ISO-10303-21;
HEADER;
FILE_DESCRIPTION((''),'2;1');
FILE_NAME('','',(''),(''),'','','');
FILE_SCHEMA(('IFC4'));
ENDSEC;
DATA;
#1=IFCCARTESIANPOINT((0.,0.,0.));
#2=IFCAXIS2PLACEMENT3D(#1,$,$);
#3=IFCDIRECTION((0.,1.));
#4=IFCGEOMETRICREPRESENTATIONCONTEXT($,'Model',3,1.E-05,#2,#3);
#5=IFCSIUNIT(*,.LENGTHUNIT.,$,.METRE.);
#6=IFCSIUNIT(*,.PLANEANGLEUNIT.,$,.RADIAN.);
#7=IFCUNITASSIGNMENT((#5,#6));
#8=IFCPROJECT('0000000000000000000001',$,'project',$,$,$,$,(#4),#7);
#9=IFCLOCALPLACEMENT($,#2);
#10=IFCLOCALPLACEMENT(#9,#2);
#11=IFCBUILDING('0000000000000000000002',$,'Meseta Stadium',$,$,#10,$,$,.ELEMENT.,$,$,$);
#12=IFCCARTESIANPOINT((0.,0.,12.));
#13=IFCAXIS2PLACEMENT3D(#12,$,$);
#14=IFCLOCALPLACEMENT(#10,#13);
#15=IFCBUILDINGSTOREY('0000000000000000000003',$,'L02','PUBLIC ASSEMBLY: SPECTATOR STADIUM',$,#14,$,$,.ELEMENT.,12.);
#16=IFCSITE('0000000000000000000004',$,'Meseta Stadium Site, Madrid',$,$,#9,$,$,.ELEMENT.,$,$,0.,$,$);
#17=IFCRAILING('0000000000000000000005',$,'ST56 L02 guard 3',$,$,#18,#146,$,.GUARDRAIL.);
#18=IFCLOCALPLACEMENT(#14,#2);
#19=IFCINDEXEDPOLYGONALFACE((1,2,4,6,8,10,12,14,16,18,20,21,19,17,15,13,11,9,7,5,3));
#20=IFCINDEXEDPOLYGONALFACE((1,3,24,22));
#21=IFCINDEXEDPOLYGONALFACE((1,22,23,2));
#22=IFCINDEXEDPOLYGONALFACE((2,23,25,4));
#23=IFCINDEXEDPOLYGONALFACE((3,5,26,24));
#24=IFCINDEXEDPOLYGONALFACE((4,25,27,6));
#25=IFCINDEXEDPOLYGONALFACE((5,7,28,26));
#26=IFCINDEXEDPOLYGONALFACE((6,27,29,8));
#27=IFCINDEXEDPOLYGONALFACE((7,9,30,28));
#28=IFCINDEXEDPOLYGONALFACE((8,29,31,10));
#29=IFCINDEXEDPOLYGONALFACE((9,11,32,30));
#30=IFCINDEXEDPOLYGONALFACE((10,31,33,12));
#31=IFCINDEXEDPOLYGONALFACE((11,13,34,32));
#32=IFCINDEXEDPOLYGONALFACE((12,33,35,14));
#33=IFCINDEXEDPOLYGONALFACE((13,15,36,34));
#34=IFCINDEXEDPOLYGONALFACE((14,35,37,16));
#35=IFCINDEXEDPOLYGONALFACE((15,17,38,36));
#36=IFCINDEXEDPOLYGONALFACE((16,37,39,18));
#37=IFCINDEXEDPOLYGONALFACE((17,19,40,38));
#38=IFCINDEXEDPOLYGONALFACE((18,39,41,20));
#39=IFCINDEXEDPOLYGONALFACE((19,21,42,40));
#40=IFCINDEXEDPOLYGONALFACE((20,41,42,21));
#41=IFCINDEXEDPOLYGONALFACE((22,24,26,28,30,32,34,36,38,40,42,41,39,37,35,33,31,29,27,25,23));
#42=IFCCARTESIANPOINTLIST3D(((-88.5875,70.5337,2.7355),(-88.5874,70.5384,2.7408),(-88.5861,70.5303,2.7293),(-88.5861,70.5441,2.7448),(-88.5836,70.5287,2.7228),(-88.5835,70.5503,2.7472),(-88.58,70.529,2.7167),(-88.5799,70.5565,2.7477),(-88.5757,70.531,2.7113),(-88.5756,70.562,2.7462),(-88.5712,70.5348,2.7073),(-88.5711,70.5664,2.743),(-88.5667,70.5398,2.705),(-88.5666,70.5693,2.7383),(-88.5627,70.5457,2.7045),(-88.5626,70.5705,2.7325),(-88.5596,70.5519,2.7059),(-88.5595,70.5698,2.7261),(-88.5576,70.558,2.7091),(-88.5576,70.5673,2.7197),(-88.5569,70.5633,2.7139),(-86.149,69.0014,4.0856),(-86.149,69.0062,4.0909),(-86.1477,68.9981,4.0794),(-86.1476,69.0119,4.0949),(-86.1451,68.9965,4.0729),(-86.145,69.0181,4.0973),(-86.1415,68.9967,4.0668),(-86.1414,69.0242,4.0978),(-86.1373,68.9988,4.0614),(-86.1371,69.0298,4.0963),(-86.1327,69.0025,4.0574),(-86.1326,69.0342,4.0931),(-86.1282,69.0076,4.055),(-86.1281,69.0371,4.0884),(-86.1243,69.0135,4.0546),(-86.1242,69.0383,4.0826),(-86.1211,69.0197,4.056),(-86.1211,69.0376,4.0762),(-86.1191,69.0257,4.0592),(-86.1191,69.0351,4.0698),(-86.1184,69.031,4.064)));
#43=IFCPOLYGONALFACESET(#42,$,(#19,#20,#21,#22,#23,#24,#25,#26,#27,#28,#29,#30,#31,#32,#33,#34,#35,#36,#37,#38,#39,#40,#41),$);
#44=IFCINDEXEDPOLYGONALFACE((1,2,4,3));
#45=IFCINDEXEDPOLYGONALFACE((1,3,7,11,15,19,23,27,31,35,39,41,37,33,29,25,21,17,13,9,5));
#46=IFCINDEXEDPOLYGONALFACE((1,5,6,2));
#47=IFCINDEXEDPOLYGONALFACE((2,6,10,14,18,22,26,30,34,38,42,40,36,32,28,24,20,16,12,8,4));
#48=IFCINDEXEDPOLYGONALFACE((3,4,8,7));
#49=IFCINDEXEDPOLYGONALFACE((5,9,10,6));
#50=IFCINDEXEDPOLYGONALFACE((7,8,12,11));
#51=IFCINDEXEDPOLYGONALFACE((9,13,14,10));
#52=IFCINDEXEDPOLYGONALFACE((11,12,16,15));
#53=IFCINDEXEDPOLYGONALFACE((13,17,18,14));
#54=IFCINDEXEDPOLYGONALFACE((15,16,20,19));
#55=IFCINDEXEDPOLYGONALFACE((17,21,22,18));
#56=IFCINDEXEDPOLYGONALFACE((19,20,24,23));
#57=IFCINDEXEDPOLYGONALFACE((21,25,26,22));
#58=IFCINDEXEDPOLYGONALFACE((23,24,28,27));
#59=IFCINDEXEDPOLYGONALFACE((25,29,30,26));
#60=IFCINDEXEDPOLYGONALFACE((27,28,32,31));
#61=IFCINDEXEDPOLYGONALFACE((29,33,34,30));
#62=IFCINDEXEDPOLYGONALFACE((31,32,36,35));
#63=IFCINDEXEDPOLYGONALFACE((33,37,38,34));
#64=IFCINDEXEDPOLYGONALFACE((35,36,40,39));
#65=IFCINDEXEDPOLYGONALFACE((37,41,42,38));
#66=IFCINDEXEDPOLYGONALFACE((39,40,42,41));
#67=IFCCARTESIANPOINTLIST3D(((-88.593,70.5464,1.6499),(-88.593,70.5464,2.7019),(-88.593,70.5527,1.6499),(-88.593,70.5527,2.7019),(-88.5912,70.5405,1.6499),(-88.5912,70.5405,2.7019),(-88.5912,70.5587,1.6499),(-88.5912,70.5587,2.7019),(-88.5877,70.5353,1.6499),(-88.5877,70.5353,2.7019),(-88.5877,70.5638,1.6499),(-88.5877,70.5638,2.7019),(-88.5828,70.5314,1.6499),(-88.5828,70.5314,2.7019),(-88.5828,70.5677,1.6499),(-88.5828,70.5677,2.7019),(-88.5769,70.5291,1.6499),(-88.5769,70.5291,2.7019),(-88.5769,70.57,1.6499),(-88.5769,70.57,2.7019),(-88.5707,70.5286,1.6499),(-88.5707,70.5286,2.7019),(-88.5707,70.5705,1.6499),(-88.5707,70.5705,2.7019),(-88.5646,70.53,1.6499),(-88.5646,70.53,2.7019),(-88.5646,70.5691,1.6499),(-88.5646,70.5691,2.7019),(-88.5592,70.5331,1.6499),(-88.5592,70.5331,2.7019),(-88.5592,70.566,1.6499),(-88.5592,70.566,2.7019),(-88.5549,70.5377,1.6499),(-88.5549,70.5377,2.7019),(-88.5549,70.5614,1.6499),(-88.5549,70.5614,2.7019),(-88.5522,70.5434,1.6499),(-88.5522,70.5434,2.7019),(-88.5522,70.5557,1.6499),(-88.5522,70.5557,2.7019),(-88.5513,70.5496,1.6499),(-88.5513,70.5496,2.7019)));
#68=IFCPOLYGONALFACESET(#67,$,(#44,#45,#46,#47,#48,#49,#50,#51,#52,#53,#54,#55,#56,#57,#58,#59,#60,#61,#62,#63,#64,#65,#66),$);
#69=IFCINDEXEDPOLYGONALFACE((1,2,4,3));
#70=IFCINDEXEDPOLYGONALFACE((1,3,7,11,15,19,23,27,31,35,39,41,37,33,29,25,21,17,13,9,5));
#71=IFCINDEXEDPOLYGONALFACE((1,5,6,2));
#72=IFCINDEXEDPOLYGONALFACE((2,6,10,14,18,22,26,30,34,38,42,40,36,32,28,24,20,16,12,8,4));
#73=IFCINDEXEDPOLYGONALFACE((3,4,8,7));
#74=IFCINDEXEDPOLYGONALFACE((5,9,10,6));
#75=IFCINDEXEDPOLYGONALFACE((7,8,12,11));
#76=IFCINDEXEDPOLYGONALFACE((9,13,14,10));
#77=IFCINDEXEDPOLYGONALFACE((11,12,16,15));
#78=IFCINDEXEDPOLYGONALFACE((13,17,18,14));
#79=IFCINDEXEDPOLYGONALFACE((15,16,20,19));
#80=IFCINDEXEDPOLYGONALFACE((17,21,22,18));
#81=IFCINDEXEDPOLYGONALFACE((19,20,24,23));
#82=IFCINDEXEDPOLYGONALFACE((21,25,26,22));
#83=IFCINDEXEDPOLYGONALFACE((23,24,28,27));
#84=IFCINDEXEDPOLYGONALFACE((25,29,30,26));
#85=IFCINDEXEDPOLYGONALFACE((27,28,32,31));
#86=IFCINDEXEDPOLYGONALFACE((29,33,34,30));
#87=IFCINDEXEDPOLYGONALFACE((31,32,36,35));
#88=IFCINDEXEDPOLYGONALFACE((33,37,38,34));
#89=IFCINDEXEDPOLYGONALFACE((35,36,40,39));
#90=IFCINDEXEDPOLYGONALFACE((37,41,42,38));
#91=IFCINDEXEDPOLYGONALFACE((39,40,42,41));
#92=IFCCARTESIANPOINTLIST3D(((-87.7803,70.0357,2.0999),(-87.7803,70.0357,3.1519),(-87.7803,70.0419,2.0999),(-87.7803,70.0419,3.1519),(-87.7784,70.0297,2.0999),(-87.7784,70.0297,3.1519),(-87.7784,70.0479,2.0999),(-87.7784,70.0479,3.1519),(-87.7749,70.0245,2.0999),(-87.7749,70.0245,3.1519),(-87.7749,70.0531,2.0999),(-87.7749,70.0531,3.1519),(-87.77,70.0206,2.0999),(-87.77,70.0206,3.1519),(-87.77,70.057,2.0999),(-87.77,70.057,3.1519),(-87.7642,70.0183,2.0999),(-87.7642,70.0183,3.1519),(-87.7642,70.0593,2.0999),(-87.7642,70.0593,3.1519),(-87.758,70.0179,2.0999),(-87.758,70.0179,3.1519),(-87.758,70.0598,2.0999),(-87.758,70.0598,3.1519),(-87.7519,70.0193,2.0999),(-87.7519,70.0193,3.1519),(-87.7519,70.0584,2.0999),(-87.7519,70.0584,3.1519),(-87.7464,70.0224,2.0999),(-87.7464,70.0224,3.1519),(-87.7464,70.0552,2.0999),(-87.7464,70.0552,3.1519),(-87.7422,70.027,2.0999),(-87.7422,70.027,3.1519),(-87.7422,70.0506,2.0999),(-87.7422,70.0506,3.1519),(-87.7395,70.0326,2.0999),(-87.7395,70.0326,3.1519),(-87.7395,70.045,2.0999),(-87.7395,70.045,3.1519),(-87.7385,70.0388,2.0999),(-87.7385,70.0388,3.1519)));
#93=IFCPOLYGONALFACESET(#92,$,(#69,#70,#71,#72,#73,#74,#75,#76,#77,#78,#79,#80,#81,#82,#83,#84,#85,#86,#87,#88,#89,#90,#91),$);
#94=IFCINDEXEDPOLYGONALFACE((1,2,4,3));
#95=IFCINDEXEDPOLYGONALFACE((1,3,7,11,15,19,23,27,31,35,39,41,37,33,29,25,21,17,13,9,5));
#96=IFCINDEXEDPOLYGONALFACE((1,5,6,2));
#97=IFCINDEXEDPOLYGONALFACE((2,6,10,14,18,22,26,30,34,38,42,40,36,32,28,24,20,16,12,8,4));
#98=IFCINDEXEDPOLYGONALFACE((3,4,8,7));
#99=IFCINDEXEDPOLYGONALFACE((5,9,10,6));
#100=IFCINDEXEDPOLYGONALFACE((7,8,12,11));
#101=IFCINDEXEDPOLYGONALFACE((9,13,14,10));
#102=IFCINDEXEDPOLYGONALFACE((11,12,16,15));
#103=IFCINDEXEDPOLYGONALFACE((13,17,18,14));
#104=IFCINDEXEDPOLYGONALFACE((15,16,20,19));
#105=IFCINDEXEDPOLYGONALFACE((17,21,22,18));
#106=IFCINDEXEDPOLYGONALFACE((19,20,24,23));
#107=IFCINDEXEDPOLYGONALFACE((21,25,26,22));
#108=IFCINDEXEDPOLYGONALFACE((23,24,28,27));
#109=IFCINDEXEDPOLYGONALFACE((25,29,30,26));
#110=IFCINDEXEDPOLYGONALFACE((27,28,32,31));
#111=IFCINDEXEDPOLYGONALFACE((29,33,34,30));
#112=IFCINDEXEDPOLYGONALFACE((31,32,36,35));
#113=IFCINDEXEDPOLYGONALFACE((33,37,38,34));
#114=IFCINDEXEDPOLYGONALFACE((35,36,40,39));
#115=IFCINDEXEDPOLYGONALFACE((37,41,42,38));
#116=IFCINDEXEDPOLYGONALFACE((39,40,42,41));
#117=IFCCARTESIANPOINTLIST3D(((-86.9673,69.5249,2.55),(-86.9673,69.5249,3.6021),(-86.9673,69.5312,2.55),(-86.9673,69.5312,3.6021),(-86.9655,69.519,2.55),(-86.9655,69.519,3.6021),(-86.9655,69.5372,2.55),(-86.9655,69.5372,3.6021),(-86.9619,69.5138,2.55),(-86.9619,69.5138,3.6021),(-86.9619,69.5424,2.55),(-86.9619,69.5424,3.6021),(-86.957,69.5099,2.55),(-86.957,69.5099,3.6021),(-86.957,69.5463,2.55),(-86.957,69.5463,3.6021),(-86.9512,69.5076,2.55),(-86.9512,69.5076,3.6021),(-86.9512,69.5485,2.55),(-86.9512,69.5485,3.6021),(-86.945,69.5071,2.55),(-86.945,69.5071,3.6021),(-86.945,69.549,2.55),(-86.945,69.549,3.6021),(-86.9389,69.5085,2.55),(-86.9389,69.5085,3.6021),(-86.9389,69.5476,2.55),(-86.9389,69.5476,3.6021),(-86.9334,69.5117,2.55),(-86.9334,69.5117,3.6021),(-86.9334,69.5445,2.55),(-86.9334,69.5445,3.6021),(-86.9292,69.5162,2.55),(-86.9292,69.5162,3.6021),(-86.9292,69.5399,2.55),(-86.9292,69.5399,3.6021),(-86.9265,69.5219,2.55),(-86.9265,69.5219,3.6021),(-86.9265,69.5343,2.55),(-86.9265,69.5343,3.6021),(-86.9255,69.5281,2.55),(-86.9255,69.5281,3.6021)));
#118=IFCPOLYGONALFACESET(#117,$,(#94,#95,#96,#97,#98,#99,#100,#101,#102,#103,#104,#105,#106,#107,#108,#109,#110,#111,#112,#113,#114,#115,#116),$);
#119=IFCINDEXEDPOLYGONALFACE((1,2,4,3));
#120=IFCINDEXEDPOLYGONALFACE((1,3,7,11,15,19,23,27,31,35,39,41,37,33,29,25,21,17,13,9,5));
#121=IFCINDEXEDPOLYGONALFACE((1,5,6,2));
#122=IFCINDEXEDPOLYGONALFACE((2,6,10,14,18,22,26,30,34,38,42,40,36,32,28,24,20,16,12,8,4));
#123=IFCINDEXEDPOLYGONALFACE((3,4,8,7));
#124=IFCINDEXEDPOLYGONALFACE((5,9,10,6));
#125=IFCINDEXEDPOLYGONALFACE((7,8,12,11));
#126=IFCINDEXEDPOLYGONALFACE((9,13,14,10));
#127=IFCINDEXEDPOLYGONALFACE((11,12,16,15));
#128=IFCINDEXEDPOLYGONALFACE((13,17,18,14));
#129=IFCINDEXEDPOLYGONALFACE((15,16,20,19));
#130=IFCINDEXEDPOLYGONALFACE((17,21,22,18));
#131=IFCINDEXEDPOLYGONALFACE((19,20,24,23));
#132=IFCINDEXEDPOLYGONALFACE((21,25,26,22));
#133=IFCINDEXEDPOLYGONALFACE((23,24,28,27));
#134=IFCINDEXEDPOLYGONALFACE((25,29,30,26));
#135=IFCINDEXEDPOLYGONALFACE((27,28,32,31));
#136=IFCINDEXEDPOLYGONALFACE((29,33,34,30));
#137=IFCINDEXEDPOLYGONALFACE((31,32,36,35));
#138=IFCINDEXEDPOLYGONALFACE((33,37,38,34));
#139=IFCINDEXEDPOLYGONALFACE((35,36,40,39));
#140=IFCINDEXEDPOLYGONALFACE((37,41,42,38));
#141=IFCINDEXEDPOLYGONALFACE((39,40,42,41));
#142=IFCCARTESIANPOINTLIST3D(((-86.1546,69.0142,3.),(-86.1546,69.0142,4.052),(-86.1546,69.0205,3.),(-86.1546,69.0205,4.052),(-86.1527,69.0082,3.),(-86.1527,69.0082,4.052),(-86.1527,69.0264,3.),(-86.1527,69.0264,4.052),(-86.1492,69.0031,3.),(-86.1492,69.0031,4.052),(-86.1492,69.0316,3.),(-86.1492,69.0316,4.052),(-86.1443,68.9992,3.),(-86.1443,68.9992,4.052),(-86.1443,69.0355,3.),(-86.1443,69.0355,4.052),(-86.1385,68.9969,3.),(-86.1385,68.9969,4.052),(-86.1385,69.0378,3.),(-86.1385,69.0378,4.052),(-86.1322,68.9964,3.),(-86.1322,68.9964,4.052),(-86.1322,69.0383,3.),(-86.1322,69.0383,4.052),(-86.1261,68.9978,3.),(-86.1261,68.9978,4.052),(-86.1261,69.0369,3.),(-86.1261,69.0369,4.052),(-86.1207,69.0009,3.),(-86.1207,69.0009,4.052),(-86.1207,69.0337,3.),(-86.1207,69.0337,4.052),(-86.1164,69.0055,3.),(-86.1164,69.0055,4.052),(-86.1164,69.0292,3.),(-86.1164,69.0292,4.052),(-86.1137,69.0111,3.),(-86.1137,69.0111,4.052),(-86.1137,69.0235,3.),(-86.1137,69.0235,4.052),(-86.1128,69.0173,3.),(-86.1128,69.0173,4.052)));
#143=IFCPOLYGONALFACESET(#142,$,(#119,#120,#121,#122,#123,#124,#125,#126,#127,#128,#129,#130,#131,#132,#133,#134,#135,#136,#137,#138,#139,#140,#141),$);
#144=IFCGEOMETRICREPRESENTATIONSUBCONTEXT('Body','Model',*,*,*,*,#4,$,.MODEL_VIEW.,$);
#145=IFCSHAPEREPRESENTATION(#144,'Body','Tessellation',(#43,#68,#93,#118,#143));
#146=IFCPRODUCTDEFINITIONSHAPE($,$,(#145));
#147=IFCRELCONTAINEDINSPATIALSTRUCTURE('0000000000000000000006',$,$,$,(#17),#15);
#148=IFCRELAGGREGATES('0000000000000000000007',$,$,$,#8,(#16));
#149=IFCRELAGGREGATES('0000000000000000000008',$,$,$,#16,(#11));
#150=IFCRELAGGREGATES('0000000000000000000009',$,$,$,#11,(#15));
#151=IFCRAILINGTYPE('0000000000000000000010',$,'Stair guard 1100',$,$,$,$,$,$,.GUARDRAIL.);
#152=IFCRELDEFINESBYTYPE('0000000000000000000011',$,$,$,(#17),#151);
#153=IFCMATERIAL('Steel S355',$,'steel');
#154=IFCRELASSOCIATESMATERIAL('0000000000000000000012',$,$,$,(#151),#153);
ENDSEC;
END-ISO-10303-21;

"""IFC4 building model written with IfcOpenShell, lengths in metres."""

from ifc_helpers import new_model, si_unit, direction, frame, origin, origin_2d, place, context, subcontext, project, spatial, circle, extrude, material, type_object, element, save


model = new_model("IFC4")

# Units and contexts
model_context = context("Model", 3, precision=1e-05, world=origin(), true_north=direction((0.0, 1.0)))
body_context = subcontext(model_context, "Body", "Model", "MODEL_VIEW")
ifc_project = project(units=[si_unit("LENGTHUNIT", "METRE"), si_unit("PLANEANGLEUNIT", "RADIAN")], contexts=[model_context])

# Site, building, storey
site_placement = place(None, origin())
site = spatial("IfcSite", under=ifc_project, at=site_placement, Name="Meseta Stadium Site, Madrid", CompositionType="ELEMENT", RefElevation=0.0)
building_placement = place(site_placement, origin())
building = spatial("IfcBuilding", under=site, at=building_placement, Name="Meseta Stadium", CompositionType="ELEMENT")
storey_placement = place(building_placement, frame((0.0, 0.0, 12.0)))
storey = spatial("IfcBuildingStorey", under=building, at=storey_placement, Name="L02", Description="PUBLIC ASSEMBLY: SPECTATOR STADIUM", CompositionType="ELEMENT", Elevation=12.0)

# Railing
ifc_material_1 = material(Name="Steel S355", Category="steel")
railing_type_1 = type_object("IfcRailingType", Name="Stair guard 1100", PredefinedType="GUARDRAIL", material=ifc_material_1)
railing_placement = place(storey_placement, frame((-88.5723, 70.5496, 1.6499)))
element("IfcRailing", 1, at=railing_placement, inside=storey, type_object=railing_type_1, Name="ST56 L02 guard 3", PredefinedType="GUARDRAIL", context=body_context, shape_type="SweptSolid", body=[
    extrude(circle(Radius=0.0239, at=origin_2d()), frame((0.0, 0.0, 1.0762), z_axis=(0.766655, -0.481731, 0.42447), x_axis=(0.53204, 0.846719, 0.0)), (0.0, 0.0, 1.0), 3.1807),
    extrude(circle(Radius=0.021, at=origin_2d()), origin(), (0.0, 0.0, 1.0), 1.052),
    extrude(circle(Radius=0.021, at=origin_2d()), frame((0.8127, -0.5107, 0.45)), (0.0, 0.0, 1.0), 1.052),
    extrude(circle(Radius=0.021, at=origin_2d()), frame((1.6257, -1.0215, 0.9001)), (0.0, 0.0, 1.0), 1.052),
    extrude(circle(Radius=0.021, at=origin_2d()), frame((2.4385, -1.5322, 1.3501)), (0.0, 0.0, 1.0), 1.052),
])

save(model, "model.ifc")
